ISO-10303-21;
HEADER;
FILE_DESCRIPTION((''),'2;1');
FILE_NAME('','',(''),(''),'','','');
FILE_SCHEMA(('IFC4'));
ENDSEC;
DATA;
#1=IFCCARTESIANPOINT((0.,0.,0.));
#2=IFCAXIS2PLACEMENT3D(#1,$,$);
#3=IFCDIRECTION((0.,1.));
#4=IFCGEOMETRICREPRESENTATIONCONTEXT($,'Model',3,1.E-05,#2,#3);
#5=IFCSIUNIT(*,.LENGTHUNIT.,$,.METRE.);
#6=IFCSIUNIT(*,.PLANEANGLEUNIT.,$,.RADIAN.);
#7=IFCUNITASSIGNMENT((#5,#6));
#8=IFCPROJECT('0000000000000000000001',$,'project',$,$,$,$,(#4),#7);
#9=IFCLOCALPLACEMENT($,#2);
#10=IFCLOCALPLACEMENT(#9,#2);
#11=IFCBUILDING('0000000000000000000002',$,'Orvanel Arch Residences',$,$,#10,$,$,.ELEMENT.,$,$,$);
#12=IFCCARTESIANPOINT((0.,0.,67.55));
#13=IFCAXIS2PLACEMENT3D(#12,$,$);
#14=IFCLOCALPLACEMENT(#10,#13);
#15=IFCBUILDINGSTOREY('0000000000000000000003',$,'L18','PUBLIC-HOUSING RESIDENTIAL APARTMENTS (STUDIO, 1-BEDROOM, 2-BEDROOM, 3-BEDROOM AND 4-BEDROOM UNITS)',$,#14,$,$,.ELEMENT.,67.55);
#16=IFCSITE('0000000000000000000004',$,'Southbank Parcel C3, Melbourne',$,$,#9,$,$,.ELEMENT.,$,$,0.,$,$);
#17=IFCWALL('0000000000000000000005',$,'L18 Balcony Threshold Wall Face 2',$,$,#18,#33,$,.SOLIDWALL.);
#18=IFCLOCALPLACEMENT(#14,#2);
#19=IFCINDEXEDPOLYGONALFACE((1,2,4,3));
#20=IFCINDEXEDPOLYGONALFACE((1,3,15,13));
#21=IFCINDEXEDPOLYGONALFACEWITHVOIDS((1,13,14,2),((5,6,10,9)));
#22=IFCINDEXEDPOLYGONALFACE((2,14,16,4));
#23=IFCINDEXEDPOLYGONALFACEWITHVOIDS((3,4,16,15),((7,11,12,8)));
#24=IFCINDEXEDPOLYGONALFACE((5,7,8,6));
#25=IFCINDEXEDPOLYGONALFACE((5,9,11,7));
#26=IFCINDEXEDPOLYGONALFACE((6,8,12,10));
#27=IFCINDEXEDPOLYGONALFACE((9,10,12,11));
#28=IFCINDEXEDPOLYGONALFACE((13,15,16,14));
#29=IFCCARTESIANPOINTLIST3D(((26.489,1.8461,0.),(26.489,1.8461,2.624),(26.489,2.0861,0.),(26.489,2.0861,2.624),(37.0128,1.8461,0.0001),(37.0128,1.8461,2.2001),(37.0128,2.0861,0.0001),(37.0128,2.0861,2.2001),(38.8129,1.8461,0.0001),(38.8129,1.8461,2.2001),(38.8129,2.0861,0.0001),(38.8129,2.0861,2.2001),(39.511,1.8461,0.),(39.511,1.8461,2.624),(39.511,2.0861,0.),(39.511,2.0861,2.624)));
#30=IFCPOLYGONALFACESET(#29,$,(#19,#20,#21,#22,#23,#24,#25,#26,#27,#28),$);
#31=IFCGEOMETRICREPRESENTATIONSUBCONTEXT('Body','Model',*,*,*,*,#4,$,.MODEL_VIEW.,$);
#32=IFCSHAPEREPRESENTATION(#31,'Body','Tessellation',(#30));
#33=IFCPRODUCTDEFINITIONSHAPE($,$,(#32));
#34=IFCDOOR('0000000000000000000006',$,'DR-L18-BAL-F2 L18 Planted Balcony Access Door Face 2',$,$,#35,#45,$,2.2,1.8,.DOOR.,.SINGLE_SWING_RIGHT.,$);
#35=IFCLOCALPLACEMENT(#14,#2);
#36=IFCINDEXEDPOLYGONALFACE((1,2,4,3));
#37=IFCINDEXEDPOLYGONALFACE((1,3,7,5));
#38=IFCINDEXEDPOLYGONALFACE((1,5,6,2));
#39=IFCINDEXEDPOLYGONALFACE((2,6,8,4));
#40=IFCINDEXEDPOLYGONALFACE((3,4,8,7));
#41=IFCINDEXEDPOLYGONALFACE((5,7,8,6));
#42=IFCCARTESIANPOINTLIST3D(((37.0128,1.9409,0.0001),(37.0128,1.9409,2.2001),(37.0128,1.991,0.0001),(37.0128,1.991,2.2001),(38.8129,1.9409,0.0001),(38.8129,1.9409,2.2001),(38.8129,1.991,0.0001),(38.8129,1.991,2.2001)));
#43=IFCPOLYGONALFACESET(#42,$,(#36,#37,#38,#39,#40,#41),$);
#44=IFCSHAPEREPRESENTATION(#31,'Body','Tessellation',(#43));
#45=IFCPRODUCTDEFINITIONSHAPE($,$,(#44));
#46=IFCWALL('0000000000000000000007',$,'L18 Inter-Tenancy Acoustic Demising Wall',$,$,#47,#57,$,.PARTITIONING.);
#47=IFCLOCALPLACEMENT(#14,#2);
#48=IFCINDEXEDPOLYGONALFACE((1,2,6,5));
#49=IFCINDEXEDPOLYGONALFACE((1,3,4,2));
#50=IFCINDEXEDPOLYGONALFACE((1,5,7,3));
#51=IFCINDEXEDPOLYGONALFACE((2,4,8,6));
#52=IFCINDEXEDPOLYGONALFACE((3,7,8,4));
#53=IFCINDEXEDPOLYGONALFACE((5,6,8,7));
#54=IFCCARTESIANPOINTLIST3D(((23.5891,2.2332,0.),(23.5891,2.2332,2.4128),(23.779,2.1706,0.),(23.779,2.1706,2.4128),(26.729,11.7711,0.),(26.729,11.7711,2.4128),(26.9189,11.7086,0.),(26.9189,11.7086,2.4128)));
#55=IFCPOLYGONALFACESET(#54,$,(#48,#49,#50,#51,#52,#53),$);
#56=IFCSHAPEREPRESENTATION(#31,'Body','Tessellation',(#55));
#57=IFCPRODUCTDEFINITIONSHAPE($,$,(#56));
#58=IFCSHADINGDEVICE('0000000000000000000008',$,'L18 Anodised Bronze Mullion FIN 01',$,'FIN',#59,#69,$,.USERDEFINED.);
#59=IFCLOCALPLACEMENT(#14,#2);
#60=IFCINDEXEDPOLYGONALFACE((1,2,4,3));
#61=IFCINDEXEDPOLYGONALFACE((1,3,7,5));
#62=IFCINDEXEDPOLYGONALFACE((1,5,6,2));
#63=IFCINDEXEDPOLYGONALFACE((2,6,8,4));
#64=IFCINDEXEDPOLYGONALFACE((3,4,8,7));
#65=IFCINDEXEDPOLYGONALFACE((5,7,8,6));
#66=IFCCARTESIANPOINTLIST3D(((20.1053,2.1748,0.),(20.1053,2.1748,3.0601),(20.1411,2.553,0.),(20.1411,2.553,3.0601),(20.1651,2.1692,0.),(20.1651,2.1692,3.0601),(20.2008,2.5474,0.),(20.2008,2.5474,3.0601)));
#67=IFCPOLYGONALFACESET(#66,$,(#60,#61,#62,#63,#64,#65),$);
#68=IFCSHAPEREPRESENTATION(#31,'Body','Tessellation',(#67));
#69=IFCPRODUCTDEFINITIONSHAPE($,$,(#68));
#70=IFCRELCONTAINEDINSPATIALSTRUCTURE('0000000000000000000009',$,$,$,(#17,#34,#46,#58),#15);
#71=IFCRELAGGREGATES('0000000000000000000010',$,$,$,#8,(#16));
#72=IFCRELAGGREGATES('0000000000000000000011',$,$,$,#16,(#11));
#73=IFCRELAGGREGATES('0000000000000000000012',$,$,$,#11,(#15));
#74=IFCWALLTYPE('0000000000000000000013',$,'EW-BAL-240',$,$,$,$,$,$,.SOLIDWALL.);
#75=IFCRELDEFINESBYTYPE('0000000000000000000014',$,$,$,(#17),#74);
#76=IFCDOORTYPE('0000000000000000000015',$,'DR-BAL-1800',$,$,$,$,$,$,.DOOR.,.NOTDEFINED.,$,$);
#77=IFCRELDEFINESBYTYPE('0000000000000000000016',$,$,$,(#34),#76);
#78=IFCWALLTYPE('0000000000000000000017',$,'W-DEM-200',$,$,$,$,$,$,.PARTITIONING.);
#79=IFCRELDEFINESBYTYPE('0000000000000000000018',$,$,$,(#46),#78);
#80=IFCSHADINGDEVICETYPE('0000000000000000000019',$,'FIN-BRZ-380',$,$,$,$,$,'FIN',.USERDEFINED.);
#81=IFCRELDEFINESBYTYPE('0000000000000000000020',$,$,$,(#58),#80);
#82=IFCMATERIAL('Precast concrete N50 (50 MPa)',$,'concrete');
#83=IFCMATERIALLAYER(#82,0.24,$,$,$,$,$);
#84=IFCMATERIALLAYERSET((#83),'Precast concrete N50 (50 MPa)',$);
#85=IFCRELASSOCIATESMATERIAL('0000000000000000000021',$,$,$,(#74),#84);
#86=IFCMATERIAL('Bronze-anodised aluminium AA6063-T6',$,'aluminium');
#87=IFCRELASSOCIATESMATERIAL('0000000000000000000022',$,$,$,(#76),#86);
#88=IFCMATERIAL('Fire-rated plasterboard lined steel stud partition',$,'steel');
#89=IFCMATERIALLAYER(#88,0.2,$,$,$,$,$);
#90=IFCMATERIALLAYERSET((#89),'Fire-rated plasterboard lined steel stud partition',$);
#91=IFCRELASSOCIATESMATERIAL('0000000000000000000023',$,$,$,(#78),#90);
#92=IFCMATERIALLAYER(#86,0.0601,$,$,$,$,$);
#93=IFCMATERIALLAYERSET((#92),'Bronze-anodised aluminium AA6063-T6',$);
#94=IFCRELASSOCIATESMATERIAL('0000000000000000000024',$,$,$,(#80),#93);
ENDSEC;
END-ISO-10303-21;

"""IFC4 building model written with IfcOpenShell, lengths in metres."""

from ifc_helpers import new_model, si_unit, direction, frame, frame_2d, origin, origin_2d, place, context, subcontext, project, spatial, rectangle, extrude, material, layer, layer_set, type_object, element, fill, save


model = new_model("IFC4")

# Units and contexts
model_context = context("Model", 3, precision=1e-05, world=origin(), true_north=direction((0.0, 1.0)))
body_context = subcontext(model_context, "Body", "Model", "MODEL_VIEW")
ifc_project = project(units=[si_unit("LENGTHUNIT", "METRE"), si_unit("PLANEANGLEUNIT", "RADIAN")], contexts=[model_context])

# Site, building, storey
site_placement = place(None, origin())
site = spatial("IfcSite", under=ifc_project, at=site_placement, Name="Southbank Parcel C3, Melbourne", CompositionType="ELEMENT", RefElevation=0.0)
building_placement = place(site_placement, origin())
building = spatial("IfcBuilding", under=site, at=building_placement, Name="Orvanel Arch Residences", CompositionType="ELEMENT")
storey_placement = place(building_placement, frame((0.0, 0.0, 67.55)))
storey = spatial("IfcBuildingStorey", under=building, at=storey_placement, Name="L18", Description="PUBLIC-HOUSING RESIDENTIAL APARTMENTS (STUDIO, 1-BEDROOM, 2-BEDROOM, 3-BEDROOM AND 4-BEDROOM UNITS)", CompositionType="ELEMENT", Elevation=67.55)

# Shared definitions
ifc_material_1 = material(Name="Bronze-anodised aluminium AA6063-T6", Category="aluminium")

# Wall, opening, door
ifc_material_2 = material(Name="Precast concrete N50 (50 MPa)", Category="concrete")
ifc_layer_1 = layer(ifc_material_2, 0.24)
ifc_layer_set_1 = layer_set([ifc_layer_1], Name="Precast concrete N50 (50 MPa)")
wall_type_1 = type_object("IfcWallType", Name="EW-BAL-240", PredefinedType="SOLIDWALL", material=ifc_layer_set_1)
wall_1_placement = place(storey_placement, frame((26.489, 1.9661, 0.0), z_axis=(0.0, 0.0, 1.0), x_axis=(1.0, 0.0, 0.0)))
wall_1 = element("IfcWall", 1, at=wall_1_placement, inside=storey, type_object=wall_type_1, Name="L18 Balcony Threshold Wall Face 2", PredefinedType="SOLIDWALL", context=body_context, shape_type="SweptSolid", body=[
    extrude(rectangle(XDim=13.022, YDim=0.24, at=frame_2d((6.511, 0.0))), origin(), (0.0, 0.0, 1.0), 2.624),
])
opening_placement = place(wall_1_placement, frame((10.5239, 0.0, 0.0)))
opening = element("IfcOpeningElement", 2, at=opening_placement, cuts=wall_1, PredefinedType="OPENING", context=body_context, shape_type="SweptSolid", body=[
    extrude(rectangle(XDim=1.8, YDim=2.2, at=frame_2d((0.8999, 1.1001))), frame((0.0, 0.1299, 0.0), z_axis=(0.0, -1.0, 0.0), x_axis=(1.0, 0.0, 0.0)), (0.0, 0.0, 1.0), 0.26),
])
door_type = type_object("IfcDoorType", Name="DR-BAL-1800", OperationType="NOTDEFINED", PredefinedType="DOOR", material=ifc_material_1)
door_placement = place(opening_placement, origin())
door = element("IfcDoor", 3, at=door_placement, inside=storey, type_object=door_type, Name="DR-L18-BAL-F2 L18 Planted Balcony Access Door Face 2", OperationType="SINGLE_SWING_RIGHT", OverallHeight=2.2, OverallWidth=1.8, PredefinedType="DOOR", context=body_context, shape_type="SweptSolid", body=[
    extrude(rectangle(XDim=1.8, YDim=2.2, at=frame_2d((0.8999, 1.1001))), frame((0.0, 0.0249, 0.0), z_axis=(0.0, -1.0, 0.0), x_axis=(1.0, 0.0, 0.0)), (0.0, 0.0, 1.0), 0.05),
])
fill(opening, door)

# Wall
ifc_material_3 = material(Name="Fire-rated plasterboard lined steel stud partition", Category="steel")
ifc_layer_2 = layer(ifc_material_3, 0.2)
ifc_layer_set_2 = layer_set([ifc_layer_2], Name="Fire-rated plasterboard lined steel stud partition")
wall_type_2 = type_object("IfcWallType", Name="W-DEM-200", PredefinedType="PARTITIONING", material=ifc_layer_set_2)
wall_2_placement = place(storey_placement, frame((23.6841, 2.2019, 0.0), z_axis=(0.0, 0.0, 1.0), x_axis=(0.312688, 0.949856, 0.0)))
element("IfcWall", 4, at=wall_2_placement, inside=storey, type_object=wall_type_2, Name="L18 Inter-Tenancy Acoustic Demising Wall", PredefinedType="PARTITIONING", context=body_context, shape_type="SweptSolid", body=[
    extrude(rectangle(XDim=10.0415, YDim=0.2, at=frame_2d((5.0208, 0.0))), origin(), (0.0, 0.0, 1.0), 2.4128),
])

# Shading device
ifc_layer_3 = layer(ifc_material_1, 0.0601)
ifc_layer_set_3 = layer_set([ifc_layer_3], Name="Bronze-anodised aluminium AA6063-T6")
shading_device_type = type_object("IfcShadingDeviceType", Name="FIN-BRZ-380", ElementType="FIN", PredefinedType="USERDEFINED", material=ifc_layer_set_3)
shading_device_placement = place(storey_placement, frame((20.1531, 2.3611, 0.0), z_axis=(0.0, 0.0, 1.0), x_axis=(-0.094108, -0.995562, 0.0)))
element("IfcShadingDevice", 5, at=shading_device_placement, inside=storey, type_object=shading_device_type, Name="L18 Anodised Bronze Mullion FIN 01", ObjectType="FIN", PredefinedType="USERDEFINED", context=body_context, shape_type="SweptSolid", body=[
    extrude(rectangle(XDim=0.3799, YDim=0.0601, at=origin_2d()), origin(), (0.0, 0.0, 1.0), 3.0601),
])

save(model, "model.ifc")
